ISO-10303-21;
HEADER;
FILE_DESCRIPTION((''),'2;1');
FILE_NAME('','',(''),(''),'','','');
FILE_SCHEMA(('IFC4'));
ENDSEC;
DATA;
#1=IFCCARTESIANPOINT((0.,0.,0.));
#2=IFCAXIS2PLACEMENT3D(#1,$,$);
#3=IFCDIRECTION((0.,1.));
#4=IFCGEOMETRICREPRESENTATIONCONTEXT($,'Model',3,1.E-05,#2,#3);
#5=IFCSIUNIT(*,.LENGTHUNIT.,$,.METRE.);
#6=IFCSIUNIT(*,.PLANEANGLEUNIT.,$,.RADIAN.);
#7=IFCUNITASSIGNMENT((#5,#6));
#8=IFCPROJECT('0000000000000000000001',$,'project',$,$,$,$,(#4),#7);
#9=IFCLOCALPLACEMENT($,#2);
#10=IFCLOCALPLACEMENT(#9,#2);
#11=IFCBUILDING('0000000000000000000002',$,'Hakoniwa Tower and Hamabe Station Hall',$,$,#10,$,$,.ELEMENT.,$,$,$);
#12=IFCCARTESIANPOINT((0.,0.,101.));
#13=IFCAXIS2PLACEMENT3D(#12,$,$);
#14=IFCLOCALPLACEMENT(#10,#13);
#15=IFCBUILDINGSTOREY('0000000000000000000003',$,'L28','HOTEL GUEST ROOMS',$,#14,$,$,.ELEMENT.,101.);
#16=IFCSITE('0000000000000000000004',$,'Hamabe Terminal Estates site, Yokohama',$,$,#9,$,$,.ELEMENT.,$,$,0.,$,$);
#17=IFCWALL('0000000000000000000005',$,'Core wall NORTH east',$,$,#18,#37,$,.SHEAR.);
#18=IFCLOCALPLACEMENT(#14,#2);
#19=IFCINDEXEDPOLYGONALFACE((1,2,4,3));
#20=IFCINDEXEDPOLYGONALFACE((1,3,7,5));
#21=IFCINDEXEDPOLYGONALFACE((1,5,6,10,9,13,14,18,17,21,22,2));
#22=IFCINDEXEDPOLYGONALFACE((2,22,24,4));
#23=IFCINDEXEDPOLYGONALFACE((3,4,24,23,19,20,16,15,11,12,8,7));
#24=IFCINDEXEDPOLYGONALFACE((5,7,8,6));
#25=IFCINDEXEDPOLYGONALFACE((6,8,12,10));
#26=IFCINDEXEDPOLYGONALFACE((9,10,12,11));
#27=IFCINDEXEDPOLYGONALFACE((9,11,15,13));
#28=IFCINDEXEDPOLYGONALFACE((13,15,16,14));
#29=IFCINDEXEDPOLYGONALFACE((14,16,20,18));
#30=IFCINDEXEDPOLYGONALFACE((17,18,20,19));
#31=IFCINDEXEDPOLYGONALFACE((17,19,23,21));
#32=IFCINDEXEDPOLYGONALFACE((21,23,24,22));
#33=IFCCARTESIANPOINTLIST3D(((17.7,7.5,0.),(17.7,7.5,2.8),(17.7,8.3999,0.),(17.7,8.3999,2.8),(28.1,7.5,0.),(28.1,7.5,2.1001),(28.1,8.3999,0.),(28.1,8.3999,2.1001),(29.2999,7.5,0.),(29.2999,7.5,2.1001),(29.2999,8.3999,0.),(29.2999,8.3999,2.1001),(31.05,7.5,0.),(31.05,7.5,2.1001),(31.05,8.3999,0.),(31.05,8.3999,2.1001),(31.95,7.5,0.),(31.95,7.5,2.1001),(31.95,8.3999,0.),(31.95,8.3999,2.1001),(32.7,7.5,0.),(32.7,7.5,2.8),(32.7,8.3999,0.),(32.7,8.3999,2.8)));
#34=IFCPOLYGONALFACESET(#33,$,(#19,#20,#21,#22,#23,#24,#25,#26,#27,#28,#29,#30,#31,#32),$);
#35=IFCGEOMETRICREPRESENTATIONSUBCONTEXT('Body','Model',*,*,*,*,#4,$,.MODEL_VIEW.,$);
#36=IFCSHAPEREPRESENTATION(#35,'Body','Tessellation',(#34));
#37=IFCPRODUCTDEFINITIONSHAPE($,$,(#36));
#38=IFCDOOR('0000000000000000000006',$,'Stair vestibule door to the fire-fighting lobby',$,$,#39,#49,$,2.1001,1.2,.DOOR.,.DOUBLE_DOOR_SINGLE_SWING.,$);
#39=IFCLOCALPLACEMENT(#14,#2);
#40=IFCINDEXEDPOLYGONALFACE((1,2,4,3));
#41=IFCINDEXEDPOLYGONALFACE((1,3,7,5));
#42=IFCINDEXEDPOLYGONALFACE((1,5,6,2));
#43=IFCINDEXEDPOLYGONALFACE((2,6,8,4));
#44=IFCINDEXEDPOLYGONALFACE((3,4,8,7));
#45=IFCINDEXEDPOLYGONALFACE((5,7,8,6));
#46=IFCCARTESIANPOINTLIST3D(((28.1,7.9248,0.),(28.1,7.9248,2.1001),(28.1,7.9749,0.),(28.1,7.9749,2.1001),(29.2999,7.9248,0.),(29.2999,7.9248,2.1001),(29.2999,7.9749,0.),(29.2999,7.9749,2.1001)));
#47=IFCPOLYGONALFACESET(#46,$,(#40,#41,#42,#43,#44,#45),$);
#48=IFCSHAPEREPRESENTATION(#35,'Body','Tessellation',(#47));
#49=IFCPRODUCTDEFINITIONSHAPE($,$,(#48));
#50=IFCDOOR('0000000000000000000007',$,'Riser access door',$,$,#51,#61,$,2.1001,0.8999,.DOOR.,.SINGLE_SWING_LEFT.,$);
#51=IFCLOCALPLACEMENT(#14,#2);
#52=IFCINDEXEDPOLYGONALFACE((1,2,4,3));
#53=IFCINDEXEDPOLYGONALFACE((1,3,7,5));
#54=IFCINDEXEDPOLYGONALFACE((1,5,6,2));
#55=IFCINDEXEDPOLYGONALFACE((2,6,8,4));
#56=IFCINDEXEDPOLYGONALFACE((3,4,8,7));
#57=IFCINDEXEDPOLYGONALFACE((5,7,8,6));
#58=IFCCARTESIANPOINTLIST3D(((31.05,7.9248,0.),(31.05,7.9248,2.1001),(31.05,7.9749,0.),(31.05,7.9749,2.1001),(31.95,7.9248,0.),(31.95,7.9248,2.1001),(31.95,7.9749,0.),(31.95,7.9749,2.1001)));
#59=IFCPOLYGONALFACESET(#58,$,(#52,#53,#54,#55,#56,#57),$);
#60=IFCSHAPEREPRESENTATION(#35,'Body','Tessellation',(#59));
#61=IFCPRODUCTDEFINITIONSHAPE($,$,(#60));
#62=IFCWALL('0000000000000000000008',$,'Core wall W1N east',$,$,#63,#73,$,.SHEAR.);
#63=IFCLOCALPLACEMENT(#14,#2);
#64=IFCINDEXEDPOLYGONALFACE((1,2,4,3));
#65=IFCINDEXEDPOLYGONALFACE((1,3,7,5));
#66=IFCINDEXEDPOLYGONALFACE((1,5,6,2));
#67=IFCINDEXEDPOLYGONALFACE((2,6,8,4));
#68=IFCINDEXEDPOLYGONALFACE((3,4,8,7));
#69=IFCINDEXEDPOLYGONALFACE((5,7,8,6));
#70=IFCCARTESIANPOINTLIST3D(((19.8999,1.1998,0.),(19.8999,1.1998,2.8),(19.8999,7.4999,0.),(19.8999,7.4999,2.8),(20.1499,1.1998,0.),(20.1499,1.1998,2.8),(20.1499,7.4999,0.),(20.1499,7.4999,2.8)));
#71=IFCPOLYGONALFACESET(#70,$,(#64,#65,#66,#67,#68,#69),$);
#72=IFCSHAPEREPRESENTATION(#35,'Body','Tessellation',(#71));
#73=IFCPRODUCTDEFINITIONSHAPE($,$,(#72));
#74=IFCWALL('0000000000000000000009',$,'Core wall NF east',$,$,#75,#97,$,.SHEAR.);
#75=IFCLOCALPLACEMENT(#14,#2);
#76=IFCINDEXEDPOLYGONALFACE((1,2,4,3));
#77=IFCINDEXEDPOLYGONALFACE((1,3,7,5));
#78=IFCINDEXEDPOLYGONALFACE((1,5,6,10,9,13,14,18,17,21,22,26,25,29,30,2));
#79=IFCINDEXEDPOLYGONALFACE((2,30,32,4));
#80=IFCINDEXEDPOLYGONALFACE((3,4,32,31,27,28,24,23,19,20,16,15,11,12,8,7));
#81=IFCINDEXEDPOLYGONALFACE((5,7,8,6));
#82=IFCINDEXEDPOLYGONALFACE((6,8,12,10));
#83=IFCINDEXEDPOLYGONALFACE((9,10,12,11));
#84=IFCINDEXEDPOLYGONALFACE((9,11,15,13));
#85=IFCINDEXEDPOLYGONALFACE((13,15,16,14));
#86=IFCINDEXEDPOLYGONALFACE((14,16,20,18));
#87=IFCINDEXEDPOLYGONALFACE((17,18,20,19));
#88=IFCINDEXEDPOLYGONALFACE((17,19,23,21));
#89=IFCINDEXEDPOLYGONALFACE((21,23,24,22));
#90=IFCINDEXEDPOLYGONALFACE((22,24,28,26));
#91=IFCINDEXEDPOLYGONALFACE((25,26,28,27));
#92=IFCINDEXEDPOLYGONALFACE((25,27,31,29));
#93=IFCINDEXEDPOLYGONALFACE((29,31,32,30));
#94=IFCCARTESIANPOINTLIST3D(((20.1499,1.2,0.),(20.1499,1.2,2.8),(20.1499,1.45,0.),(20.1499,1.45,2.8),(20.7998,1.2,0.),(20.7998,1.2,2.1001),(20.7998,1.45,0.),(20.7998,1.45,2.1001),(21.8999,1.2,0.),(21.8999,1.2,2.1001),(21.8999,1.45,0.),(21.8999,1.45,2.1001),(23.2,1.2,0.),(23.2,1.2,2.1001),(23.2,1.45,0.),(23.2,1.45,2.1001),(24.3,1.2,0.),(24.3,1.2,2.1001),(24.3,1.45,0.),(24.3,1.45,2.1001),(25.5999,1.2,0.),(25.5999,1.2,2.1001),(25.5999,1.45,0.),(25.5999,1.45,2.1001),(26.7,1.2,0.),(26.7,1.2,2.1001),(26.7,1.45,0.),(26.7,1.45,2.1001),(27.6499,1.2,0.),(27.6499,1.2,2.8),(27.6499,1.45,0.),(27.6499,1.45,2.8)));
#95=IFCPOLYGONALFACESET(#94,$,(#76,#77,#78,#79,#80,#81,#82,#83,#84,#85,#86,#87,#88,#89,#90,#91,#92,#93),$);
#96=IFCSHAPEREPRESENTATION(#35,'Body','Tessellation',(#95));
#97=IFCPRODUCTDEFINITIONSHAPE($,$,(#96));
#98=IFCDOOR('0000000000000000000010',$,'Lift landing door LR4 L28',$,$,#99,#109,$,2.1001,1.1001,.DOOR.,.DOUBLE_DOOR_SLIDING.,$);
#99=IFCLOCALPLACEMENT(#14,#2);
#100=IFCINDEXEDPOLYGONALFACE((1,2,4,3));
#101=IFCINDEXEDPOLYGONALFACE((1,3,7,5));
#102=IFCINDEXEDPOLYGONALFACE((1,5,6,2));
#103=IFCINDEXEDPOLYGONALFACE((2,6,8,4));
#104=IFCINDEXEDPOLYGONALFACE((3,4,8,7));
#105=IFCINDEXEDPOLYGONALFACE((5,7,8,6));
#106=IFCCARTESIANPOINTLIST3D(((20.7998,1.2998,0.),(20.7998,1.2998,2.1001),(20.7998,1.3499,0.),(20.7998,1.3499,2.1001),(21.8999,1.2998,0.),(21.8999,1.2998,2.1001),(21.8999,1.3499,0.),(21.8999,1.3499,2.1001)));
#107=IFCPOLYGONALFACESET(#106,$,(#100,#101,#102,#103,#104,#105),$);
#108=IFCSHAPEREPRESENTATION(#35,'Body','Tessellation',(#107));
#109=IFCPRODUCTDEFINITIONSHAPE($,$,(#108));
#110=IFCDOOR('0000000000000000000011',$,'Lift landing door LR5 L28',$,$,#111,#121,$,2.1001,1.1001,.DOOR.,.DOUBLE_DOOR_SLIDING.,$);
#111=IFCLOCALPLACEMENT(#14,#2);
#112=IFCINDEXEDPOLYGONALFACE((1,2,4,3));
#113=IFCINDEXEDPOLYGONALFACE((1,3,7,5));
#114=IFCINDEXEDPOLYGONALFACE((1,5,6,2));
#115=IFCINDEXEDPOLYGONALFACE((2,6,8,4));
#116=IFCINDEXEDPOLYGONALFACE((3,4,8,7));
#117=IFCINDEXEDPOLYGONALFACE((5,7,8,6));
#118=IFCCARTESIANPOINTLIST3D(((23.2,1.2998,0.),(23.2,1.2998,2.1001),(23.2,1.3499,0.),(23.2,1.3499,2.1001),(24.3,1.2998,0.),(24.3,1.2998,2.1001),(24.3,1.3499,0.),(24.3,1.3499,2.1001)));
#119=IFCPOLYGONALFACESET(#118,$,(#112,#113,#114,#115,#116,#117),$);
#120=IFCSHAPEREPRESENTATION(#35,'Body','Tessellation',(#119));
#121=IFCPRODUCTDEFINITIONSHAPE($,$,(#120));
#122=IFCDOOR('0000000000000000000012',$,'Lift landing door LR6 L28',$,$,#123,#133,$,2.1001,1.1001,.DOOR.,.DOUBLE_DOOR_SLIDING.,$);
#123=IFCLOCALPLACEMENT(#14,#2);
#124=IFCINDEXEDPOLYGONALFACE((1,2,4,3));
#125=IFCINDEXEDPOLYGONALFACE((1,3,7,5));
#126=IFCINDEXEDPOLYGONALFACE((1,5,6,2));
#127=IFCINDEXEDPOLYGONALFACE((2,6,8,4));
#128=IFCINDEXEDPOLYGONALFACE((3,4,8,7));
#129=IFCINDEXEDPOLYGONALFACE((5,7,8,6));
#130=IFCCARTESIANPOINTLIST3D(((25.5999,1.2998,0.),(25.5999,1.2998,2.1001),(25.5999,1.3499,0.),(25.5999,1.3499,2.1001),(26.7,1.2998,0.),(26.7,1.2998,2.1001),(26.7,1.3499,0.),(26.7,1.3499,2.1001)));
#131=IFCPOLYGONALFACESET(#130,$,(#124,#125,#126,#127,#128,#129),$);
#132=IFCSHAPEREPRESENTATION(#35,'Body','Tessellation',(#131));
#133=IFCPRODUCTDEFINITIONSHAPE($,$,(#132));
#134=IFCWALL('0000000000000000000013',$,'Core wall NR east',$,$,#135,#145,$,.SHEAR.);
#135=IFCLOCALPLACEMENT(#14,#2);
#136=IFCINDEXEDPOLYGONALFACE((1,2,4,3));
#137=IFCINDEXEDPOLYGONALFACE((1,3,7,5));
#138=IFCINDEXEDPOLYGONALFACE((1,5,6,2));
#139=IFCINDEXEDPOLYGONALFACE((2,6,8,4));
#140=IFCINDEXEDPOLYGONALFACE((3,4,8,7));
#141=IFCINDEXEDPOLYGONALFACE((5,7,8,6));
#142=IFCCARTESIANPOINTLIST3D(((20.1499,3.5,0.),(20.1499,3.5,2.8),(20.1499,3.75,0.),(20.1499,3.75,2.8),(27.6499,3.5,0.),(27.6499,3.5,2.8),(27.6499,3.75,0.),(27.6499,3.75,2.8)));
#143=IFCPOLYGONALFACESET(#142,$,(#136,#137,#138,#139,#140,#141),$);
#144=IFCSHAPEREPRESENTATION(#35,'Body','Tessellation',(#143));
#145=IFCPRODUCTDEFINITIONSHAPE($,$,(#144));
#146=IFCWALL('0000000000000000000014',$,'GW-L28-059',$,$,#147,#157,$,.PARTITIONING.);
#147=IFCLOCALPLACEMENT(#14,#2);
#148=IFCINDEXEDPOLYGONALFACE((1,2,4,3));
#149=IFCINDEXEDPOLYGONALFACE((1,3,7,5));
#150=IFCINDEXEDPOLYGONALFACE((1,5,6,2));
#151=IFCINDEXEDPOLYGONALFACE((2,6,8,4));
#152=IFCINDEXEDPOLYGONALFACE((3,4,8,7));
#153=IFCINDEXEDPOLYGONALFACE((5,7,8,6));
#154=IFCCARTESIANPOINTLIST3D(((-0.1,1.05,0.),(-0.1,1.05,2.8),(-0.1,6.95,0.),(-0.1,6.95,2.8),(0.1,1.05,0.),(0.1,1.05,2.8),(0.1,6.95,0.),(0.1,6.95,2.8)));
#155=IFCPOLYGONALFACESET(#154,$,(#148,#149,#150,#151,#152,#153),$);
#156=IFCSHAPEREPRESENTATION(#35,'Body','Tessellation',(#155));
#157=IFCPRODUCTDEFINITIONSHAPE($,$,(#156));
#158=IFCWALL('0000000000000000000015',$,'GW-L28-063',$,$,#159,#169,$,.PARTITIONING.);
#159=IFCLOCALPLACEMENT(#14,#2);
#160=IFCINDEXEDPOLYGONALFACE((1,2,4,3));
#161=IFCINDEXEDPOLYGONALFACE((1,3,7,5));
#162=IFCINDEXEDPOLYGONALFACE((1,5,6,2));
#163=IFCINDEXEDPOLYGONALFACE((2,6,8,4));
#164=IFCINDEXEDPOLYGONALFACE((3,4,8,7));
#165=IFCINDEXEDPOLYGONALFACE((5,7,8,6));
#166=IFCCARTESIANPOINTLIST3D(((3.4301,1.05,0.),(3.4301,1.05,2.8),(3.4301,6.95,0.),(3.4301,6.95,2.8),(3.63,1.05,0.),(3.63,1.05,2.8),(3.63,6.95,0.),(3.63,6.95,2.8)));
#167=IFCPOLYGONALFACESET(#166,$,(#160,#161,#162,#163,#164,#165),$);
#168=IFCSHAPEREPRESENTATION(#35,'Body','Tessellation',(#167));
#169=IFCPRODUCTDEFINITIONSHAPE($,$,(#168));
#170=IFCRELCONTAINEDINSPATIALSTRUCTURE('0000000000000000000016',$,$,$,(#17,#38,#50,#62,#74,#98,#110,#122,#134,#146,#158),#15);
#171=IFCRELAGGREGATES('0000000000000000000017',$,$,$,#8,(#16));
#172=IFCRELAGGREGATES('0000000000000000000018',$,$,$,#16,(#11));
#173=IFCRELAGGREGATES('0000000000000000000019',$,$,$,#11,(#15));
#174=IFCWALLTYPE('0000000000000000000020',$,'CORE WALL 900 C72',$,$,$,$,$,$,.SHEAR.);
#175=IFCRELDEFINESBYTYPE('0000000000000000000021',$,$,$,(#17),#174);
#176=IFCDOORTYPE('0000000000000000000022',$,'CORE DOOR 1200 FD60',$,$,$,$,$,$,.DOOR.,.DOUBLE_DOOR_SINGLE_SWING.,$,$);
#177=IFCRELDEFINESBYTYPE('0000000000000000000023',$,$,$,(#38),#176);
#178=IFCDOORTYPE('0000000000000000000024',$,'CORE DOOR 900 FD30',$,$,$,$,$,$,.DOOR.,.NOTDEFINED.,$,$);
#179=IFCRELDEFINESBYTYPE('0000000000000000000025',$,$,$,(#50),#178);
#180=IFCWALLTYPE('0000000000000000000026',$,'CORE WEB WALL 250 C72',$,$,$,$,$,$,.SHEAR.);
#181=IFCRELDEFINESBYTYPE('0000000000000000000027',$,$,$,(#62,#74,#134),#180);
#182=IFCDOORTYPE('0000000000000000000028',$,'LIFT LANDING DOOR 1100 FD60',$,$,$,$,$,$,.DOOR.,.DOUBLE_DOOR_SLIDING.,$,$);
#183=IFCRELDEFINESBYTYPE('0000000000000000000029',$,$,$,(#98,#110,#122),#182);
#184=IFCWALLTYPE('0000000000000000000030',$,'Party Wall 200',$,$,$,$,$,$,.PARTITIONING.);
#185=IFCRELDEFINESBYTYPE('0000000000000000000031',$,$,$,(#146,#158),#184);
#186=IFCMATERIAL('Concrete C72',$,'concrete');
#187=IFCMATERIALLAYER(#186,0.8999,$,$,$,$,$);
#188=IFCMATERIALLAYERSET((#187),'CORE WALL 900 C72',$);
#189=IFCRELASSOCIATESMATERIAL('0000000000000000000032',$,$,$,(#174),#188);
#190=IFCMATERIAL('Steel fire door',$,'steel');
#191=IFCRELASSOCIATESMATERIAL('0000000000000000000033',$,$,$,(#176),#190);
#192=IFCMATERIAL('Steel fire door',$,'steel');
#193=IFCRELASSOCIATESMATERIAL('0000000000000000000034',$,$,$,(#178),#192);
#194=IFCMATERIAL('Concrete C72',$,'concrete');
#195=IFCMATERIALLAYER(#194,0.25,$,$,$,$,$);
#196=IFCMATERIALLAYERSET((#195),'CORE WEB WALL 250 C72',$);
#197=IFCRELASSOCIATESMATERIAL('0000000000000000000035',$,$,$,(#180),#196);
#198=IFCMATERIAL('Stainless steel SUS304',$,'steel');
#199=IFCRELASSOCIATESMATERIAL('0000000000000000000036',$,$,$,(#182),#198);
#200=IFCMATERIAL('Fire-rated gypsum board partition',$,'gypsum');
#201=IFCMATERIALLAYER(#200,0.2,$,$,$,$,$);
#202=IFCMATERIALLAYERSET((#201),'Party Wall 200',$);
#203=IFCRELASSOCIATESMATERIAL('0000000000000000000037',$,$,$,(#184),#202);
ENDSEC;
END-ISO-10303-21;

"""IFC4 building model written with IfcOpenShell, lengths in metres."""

from ifc_helpers import new_model, si_unit, direction, frame, frame_2d, origin, place, context, subcontext, project, spatial, rectangle, extrude, material, layer, layer_set, type_object, element, fill, save


model = new_model("IFC4")

# Units and contexts
model_context = context("Model", 3, precision=1e-05, world=origin(), true_north=direction((0.0, 1.0)))
body_context = subcontext(model_context, "Body", "Model", "MODEL_VIEW")
ifc_project = project(units=[si_unit("LENGTHUNIT", "METRE"), si_unit("PLANEANGLEUNIT", "RADIAN")], contexts=[model_context])

# Site, building, storey
site_placement = place(None, origin())
site = spatial("IfcSite", under=ifc_project, at=site_placement, Name="Hamabe Terminal Estates site, Yokohama", CompositionType="ELEMENT", RefElevation=0.0)
building_placement = place(site_placement, origin())
building = spatial("IfcBuilding", under=site, at=building_placement, Name="Hakoniwa Tower and Hamabe Station Hall", CompositionType="ELEMENT")
storey_placement = place(building_placement, frame((0.0, 0.0, 101.0)))
storey = spatial("IfcBuildingStorey", under=building, at=storey_placement, Name="L28", Description="HOTEL GUEST ROOMS", CompositionType="ELEMENT", Elevation=101.0)

# Wall, openings, doors
ifc_material_1 = material(Name="Concrete C72", Category="concrete")
ifc_layer_1 = layer(ifc_material_1, 0.8999)
ifc_layer_set_1 = layer_set([ifc_layer_1], Name="CORE WALL 900 C72")
wall_type_1 = type_object("IfcWallType", Name="CORE WALL 900 C72", PredefinedType="SHEAR", material=ifc_layer_set_1)
wall_1_placement = place(storey_placement, frame((17.7, 7.95, 0.0), z_axis=(0.0, 0.0, 1.0), x_axis=(1.0, 0.0, 0.0)))
wall_1 = element("IfcWall", 1, at=wall_1_placement, inside=storey, type_object=wall_type_1, Name="Core wall NORTH east", PredefinedType="SHEAR", context=body_context, shape_type="SweptSolid", body=[
    extrude(rectangle(XDim=15.0, YDim=0.8999, at=frame_2d((7.5, 0.0))), origin(), (0.0, 0.0, 1.0), 2.8),
])
opening_1_placement = place(wall_1_placement, frame((10.3999, 0.0, 0.0)))
opening_1 = element("IfcOpeningElement", 2, at=opening_1_placement, cuts=wall_1, PredefinedType="OPENING", context=body_context, shape_type="SweptSolid", body=[
    extrude(rectangle(XDim=1.2, YDim=2.1001, at=frame_2d((0.6001, 1.05))), frame((0.0, 0.46, 0.0), z_axis=(0.0, -1.0, 0.0), x_axis=(1.0, 0.0, 0.0)), (0.0, 0.0, 1.0), 0.9199),
])
opening_2_placement = place(wall_1_placement, frame((13.3501, 0.0, 0.0)))
opening_2 = element("IfcOpeningElement", 3, at=opening_2_placement, cuts=wall_1, PredefinedType="OPENING", context=body_context, shape_type="SweptSolid", body=[
    extrude(rectangle(XDim=0.8999, YDim=2.1001, at=frame_2d((0.45, 1.05))), frame((0.0, 0.46, 0.0), z_axis=(0.0, -1.0, 0.0), x_axis=(1.0, 0.0, 0.0)), (0.0, 0.0, 1.0), 0.9199),
])
ifc_material_2 = material(Name="Steel fire door", Category="steel")
door_type_1 = type_object("IfcDoorType", Name="CORE DOOR 1200 FD60", OperationType="DOUBLE_DOOR_SINGLE_SWING", PredefinedType="DOOR", material=ifc_material_2)
door_1_placement = place(opening_1_placement, origin())
door_1 = element("IfcDoor", 4, at=door_1_placement, inside=storey, type_object=door_type_1, Name="Stair vestibule door to the fire-fighting lobby", OperationType="DOUBLE_DOOR_SINGLE_SWING", OverallHeight=2.1001, OverallWidth=1.2, PredefinedType="DOOR", context=body_context, shape_type="SweptSolid", body=[
    extrude(rectangle(XDim=1.2, YDim=2.1001, at=frame_2d((0.6001, 1.05))), frame((0.0, 0.0249, 0.0), z_axis=(0.0, -1.0, 0.0), x_axis=(1.0, 0.0, 0.0)), (0.0, 0.0, 1.0), 0.05),
])
fill(opening_1, door_1)
ifc_material_3 = material(Name="Steel fire door", Category="steel")
door_type_2 = type_object("IfcDoorType", Name="CORE DOOR 900 FD30", OperationType="NOTDEFINED", PredefinedType="DOOR", material=ifc_material_3)
door_2_placement = place(opening_2_placement, origin())
door_2 = element("IfcDoor", 5, at=door_2_placement, inside=storey, type_object=door_type_2, Name="Riser access door", OperationType="SINGLE_SWING_LEFT", OverallHeight=2.1001, OverallWidth=0.8999, PredefinedType="DOOR", context=body_context, shape_type="SweptSolid", body=[
    extrude(rectangle(XDim=0.8999, YDim=2.1001, at=frame_2d((0.45, 1.05))), frame((0.0, 0.0249, 0.0), z_axis=(0.0, -1.0, 0.0), x_axis=(1.0, 0.0, 0.0)), (0.0, 0.0, 1.0), 0.05),
])
fill(opening_2, door_2)

# Wall
ifc_material_4 = material(Name="Concrete C72", Category="concrete")
ifc_layer_2 = layer(ifc_material_4, 0.25)
ifc_layer_set_2 = layer_set([ifc_layer_2], Name="CORE WEB WALL 250 C72")
wall_type_2 = type_object("IfcWallType", Name="CORE WEB WALL 250 C72", PredefinedType="SHEAR", material=ifc_layer_set_2)
wall_2_placement = place(storey_placement, frame((20.0249, 1.2, 0.0), z_axis=(0.0, 0.0, 1.0), x_axis=(0.0, 1.0, 0.0)))
element("IfcWall", 6, at=wall_2_placement, inside=storey, type_object=wall_type_2, Name="Core wall W1N east", PredefinedType="SHEAR", context=body_context, shape_type="SweptSolid", body=[
    extrude(rectangle(XDim=6.3, YDim=0.25, at=frame_2d((3.1499, 0.0))), origin(), (0.0, 0.0, 1.0), 2.8),
])

# Wall, openings, doors
wall_3_placement = place(storey_placement, frame((20.1499, 1.325, 0.0), z_axis=(0.0, 0.0, 1.0), x_axis=(1.0, 0.0, 0.0)))
wall_3 = element("IfcWall", 7, at=wall_3_placement, inside=storey, type_object=wall_type_2, Name="Core wall NF east", PredefinedType="SHEAR", context=body_context, shape_type="SweptSolid", body=[
    extrude(rectangle(XDim=7.5, YDim=0.25, at=frame_2d((3.75, 0.0))), origin(), (0.0, 0.0, 1.0), 2.8),
])
opening_3_placement = place(wall_3_placement, frame((0.6499, 0.0, 0.0)))
opening_3 = element("IfcOpeningElement", 8, at=opening_3_placement, cuts=wall_3, PredefinedType="OPENING", context=body_context, shape_type="SweptSolid", body=[
    extrude(rectangle(XDim=1.1001, YDim=2.1001, at=frame_2d((0.55, 1.05))), frame((0.0, 0.135, 0.0), z_axis=(0.0, -1.0, 0.0), x_axis=(1.0, 0.0, 0.0)), (0.0, 0.0, 1.0), 0.27),
])
opening_4_placement = place(wall_3_placement, frame((3.05, 0.0, 0.0)))
opening_4 = element("IfcOpeningElement", 9, at=opening_4_placement, cuts=wall_3, PredefinedType="OPENING", context=body_context, shape_type="SweptSolid", body=[
    extrude(rectangle(XDim=1.1001, YDim=2.1001, at=frame_2d((0.55, 1.05))), frame((0.0, 0.135, 0.0), z_axis=(0.0, -1.0, 0.0), x_axis=(1.0, 0.0, 0.0)), (0.0, 0.0, 1.0), 0.27),
])
opening_5_placement = place(wall_3_placement, frame((5.45, 0.0, 0.0)))
opening_5 = element("IfcOpeningElement", 10, at=opening_5_placement, cuts=wall_3, PredefinedType="OPENING", context=body_context, shape_type="SweptSolid", body=[
    extrude(rectangle(XDim=1.1001, YDim=2.1001, at=frame_2d((0.55, 1.05))), frame((0.0, 0.135, 0.0), z_axis=(0.0, -1.0, 0.0), x_axis=(1.0, 0.0, 0.0)), (0.0, 0.0, 1.0), 0.27),
])
ifc_material_5 = material(Name="Stainless steel SUS304", Category="steel")
door_type_3 = type_object("IfcDoorType", Name="LIFT LANDING DOOR 1100 FD60", OperationType="DOUBLE_DOOR_SLIDING", PredefinedType="DOOR", material=ifc_material_5)
door_3_placement = place(opening_3_placement, origin())
door_3 = element("IfcDoor", 11, at=door_3_placement, inside=storey, type_object=door_type_3, Name="Lift landing door LR4 L28", OperationType="DOUBLE_DOOR_SLIDING", OverallHeight=2.1001, OverallWidth=1.1001, PredefinedType="DOOR", context=body_context, shape_type="SweptSolid", body=[
    extrude(rectangle(XDim=1.1001, YDim=2.1001, at=frame_2d((0.55, 1.05))), frame((0.0, 0.0249, 0.0), z_axis=(0.0, -1.0, 0.0), x_axis=(1.0, 0.0, 0.0)), (0.0, 0.0, 1.0), 0.05),
])
fill(opening_3, door_3)
door_4_placement = place(opening_4_placement, origin())
door_4 = element("IfcDoor", 12, at=door_4_placement, inside=storey, type_object=door_type_3, Name="Lift landing door LR5 L28", OperationType="DOUBLE_DOOR_SLIDING", OverallHeight=2.1001, OverallWidth=1.1001, PredefinedType="DOOR", context=body_context, shape_type="SweptSolid", body=[
    extrude(rectangle(XDim=1.1001, YDim=2.1001, at=frame_2d((0.55, 1.05))), frame((0.0, 0.0249, 0.0), z_axis=(0.0, -1.0, 0.0), x_axis=(1.0, 0.0, 0.0)), (0.0, 0.0, 1.0), 0.05),
])
fill(opening_4, door_4)
door_5_placement = place(opening_5_placement, origin())
door_5 = element("IfcDoor", 13, at=door_5_placement, inside=storey, type_object=door_type_3, Name="Lift landing door LR6 L28", OperationType="DOUBLE_DOOR_SLIDING", OverallHeight=2.1001, OverallWidth=1.1001, PredefinedType="DOOR", context=body_context, shape_type="SweptSolid", body=[
    extrude(rectangle(XDim=1.1001, YDim=2.1001, at=frame_2d((0.55, 1.05))), frame((0.0, 0.0249, 0.0), z_axis=(0.0, -1.0, 0.0), x_axis=(1.0, 0.0, 0.0)), (0.0, 0.0, 1.0), 0.05),
])
fill(opening_5, door_5)

# Walls
wall_4_placement = place(storey_placement, frame((20.1499, 3.625, 0.0), z_axis=(0.0, 0.0, 1.0), x_axis=(1.0, 0.0, 0.0)))
element("IfcWall", 14, at=wall_4_placement, inside=storey, type_object=wall_type_2, Name="Core wall NR east", PredefinedType="SHEAR", context=body_context, shape_type="SweptSolid", body=[
    extrude(rectangle(XDim=7.5, YDim=0.25, at=frame_2d((3.75, 0.0))), origin(), (0.0, 0.0, 1.0), 2.8),
])
ifc_material_6 = material(Name="Fire-rated gypsum board partition", Category="gypsum")
ifc_layer_3 = layer(ifc_material_6, 0.2)
ifc_layer_set_3 = layer_set([ifc_layer_3], Name="Party Wall 200")
wall_type_3 = type_object("IfcWallType", Name="Party Wall 200", PredefinedType="PARTITIONING", material=ifc_layer_set_3)
for number, where, z_axis, x_axis, name in (
    (15, (0.0, 1.05, 0.0), (0.0, 0.0, 1.0), (0.0, 1.0, 0.0), "GW-L28-059"),
    (16, (3.53, 1.05, 0.0), (0.0, 0.0, 1.0), (0.0, 1.0, 0.0), "GW-L28-063"),
):
    element("IfcWall", number, at=place(storey_placement, frame(where, z_axis=z_axis, x_axis=x_axis)), inside=storey, type_object=wall_type_3, Name=name, PredefinedType="PARTITIONING", context=body_context, shape_type="SweptSolid", body=[
        extrude(rectangle(XDim=5.8999, YDim=0.2, at=frame_2d((2.95, 0.0))), origin(), (0.0, 0.0, 1.0), 2.8),
    ])

save(model, "model.ifc")
